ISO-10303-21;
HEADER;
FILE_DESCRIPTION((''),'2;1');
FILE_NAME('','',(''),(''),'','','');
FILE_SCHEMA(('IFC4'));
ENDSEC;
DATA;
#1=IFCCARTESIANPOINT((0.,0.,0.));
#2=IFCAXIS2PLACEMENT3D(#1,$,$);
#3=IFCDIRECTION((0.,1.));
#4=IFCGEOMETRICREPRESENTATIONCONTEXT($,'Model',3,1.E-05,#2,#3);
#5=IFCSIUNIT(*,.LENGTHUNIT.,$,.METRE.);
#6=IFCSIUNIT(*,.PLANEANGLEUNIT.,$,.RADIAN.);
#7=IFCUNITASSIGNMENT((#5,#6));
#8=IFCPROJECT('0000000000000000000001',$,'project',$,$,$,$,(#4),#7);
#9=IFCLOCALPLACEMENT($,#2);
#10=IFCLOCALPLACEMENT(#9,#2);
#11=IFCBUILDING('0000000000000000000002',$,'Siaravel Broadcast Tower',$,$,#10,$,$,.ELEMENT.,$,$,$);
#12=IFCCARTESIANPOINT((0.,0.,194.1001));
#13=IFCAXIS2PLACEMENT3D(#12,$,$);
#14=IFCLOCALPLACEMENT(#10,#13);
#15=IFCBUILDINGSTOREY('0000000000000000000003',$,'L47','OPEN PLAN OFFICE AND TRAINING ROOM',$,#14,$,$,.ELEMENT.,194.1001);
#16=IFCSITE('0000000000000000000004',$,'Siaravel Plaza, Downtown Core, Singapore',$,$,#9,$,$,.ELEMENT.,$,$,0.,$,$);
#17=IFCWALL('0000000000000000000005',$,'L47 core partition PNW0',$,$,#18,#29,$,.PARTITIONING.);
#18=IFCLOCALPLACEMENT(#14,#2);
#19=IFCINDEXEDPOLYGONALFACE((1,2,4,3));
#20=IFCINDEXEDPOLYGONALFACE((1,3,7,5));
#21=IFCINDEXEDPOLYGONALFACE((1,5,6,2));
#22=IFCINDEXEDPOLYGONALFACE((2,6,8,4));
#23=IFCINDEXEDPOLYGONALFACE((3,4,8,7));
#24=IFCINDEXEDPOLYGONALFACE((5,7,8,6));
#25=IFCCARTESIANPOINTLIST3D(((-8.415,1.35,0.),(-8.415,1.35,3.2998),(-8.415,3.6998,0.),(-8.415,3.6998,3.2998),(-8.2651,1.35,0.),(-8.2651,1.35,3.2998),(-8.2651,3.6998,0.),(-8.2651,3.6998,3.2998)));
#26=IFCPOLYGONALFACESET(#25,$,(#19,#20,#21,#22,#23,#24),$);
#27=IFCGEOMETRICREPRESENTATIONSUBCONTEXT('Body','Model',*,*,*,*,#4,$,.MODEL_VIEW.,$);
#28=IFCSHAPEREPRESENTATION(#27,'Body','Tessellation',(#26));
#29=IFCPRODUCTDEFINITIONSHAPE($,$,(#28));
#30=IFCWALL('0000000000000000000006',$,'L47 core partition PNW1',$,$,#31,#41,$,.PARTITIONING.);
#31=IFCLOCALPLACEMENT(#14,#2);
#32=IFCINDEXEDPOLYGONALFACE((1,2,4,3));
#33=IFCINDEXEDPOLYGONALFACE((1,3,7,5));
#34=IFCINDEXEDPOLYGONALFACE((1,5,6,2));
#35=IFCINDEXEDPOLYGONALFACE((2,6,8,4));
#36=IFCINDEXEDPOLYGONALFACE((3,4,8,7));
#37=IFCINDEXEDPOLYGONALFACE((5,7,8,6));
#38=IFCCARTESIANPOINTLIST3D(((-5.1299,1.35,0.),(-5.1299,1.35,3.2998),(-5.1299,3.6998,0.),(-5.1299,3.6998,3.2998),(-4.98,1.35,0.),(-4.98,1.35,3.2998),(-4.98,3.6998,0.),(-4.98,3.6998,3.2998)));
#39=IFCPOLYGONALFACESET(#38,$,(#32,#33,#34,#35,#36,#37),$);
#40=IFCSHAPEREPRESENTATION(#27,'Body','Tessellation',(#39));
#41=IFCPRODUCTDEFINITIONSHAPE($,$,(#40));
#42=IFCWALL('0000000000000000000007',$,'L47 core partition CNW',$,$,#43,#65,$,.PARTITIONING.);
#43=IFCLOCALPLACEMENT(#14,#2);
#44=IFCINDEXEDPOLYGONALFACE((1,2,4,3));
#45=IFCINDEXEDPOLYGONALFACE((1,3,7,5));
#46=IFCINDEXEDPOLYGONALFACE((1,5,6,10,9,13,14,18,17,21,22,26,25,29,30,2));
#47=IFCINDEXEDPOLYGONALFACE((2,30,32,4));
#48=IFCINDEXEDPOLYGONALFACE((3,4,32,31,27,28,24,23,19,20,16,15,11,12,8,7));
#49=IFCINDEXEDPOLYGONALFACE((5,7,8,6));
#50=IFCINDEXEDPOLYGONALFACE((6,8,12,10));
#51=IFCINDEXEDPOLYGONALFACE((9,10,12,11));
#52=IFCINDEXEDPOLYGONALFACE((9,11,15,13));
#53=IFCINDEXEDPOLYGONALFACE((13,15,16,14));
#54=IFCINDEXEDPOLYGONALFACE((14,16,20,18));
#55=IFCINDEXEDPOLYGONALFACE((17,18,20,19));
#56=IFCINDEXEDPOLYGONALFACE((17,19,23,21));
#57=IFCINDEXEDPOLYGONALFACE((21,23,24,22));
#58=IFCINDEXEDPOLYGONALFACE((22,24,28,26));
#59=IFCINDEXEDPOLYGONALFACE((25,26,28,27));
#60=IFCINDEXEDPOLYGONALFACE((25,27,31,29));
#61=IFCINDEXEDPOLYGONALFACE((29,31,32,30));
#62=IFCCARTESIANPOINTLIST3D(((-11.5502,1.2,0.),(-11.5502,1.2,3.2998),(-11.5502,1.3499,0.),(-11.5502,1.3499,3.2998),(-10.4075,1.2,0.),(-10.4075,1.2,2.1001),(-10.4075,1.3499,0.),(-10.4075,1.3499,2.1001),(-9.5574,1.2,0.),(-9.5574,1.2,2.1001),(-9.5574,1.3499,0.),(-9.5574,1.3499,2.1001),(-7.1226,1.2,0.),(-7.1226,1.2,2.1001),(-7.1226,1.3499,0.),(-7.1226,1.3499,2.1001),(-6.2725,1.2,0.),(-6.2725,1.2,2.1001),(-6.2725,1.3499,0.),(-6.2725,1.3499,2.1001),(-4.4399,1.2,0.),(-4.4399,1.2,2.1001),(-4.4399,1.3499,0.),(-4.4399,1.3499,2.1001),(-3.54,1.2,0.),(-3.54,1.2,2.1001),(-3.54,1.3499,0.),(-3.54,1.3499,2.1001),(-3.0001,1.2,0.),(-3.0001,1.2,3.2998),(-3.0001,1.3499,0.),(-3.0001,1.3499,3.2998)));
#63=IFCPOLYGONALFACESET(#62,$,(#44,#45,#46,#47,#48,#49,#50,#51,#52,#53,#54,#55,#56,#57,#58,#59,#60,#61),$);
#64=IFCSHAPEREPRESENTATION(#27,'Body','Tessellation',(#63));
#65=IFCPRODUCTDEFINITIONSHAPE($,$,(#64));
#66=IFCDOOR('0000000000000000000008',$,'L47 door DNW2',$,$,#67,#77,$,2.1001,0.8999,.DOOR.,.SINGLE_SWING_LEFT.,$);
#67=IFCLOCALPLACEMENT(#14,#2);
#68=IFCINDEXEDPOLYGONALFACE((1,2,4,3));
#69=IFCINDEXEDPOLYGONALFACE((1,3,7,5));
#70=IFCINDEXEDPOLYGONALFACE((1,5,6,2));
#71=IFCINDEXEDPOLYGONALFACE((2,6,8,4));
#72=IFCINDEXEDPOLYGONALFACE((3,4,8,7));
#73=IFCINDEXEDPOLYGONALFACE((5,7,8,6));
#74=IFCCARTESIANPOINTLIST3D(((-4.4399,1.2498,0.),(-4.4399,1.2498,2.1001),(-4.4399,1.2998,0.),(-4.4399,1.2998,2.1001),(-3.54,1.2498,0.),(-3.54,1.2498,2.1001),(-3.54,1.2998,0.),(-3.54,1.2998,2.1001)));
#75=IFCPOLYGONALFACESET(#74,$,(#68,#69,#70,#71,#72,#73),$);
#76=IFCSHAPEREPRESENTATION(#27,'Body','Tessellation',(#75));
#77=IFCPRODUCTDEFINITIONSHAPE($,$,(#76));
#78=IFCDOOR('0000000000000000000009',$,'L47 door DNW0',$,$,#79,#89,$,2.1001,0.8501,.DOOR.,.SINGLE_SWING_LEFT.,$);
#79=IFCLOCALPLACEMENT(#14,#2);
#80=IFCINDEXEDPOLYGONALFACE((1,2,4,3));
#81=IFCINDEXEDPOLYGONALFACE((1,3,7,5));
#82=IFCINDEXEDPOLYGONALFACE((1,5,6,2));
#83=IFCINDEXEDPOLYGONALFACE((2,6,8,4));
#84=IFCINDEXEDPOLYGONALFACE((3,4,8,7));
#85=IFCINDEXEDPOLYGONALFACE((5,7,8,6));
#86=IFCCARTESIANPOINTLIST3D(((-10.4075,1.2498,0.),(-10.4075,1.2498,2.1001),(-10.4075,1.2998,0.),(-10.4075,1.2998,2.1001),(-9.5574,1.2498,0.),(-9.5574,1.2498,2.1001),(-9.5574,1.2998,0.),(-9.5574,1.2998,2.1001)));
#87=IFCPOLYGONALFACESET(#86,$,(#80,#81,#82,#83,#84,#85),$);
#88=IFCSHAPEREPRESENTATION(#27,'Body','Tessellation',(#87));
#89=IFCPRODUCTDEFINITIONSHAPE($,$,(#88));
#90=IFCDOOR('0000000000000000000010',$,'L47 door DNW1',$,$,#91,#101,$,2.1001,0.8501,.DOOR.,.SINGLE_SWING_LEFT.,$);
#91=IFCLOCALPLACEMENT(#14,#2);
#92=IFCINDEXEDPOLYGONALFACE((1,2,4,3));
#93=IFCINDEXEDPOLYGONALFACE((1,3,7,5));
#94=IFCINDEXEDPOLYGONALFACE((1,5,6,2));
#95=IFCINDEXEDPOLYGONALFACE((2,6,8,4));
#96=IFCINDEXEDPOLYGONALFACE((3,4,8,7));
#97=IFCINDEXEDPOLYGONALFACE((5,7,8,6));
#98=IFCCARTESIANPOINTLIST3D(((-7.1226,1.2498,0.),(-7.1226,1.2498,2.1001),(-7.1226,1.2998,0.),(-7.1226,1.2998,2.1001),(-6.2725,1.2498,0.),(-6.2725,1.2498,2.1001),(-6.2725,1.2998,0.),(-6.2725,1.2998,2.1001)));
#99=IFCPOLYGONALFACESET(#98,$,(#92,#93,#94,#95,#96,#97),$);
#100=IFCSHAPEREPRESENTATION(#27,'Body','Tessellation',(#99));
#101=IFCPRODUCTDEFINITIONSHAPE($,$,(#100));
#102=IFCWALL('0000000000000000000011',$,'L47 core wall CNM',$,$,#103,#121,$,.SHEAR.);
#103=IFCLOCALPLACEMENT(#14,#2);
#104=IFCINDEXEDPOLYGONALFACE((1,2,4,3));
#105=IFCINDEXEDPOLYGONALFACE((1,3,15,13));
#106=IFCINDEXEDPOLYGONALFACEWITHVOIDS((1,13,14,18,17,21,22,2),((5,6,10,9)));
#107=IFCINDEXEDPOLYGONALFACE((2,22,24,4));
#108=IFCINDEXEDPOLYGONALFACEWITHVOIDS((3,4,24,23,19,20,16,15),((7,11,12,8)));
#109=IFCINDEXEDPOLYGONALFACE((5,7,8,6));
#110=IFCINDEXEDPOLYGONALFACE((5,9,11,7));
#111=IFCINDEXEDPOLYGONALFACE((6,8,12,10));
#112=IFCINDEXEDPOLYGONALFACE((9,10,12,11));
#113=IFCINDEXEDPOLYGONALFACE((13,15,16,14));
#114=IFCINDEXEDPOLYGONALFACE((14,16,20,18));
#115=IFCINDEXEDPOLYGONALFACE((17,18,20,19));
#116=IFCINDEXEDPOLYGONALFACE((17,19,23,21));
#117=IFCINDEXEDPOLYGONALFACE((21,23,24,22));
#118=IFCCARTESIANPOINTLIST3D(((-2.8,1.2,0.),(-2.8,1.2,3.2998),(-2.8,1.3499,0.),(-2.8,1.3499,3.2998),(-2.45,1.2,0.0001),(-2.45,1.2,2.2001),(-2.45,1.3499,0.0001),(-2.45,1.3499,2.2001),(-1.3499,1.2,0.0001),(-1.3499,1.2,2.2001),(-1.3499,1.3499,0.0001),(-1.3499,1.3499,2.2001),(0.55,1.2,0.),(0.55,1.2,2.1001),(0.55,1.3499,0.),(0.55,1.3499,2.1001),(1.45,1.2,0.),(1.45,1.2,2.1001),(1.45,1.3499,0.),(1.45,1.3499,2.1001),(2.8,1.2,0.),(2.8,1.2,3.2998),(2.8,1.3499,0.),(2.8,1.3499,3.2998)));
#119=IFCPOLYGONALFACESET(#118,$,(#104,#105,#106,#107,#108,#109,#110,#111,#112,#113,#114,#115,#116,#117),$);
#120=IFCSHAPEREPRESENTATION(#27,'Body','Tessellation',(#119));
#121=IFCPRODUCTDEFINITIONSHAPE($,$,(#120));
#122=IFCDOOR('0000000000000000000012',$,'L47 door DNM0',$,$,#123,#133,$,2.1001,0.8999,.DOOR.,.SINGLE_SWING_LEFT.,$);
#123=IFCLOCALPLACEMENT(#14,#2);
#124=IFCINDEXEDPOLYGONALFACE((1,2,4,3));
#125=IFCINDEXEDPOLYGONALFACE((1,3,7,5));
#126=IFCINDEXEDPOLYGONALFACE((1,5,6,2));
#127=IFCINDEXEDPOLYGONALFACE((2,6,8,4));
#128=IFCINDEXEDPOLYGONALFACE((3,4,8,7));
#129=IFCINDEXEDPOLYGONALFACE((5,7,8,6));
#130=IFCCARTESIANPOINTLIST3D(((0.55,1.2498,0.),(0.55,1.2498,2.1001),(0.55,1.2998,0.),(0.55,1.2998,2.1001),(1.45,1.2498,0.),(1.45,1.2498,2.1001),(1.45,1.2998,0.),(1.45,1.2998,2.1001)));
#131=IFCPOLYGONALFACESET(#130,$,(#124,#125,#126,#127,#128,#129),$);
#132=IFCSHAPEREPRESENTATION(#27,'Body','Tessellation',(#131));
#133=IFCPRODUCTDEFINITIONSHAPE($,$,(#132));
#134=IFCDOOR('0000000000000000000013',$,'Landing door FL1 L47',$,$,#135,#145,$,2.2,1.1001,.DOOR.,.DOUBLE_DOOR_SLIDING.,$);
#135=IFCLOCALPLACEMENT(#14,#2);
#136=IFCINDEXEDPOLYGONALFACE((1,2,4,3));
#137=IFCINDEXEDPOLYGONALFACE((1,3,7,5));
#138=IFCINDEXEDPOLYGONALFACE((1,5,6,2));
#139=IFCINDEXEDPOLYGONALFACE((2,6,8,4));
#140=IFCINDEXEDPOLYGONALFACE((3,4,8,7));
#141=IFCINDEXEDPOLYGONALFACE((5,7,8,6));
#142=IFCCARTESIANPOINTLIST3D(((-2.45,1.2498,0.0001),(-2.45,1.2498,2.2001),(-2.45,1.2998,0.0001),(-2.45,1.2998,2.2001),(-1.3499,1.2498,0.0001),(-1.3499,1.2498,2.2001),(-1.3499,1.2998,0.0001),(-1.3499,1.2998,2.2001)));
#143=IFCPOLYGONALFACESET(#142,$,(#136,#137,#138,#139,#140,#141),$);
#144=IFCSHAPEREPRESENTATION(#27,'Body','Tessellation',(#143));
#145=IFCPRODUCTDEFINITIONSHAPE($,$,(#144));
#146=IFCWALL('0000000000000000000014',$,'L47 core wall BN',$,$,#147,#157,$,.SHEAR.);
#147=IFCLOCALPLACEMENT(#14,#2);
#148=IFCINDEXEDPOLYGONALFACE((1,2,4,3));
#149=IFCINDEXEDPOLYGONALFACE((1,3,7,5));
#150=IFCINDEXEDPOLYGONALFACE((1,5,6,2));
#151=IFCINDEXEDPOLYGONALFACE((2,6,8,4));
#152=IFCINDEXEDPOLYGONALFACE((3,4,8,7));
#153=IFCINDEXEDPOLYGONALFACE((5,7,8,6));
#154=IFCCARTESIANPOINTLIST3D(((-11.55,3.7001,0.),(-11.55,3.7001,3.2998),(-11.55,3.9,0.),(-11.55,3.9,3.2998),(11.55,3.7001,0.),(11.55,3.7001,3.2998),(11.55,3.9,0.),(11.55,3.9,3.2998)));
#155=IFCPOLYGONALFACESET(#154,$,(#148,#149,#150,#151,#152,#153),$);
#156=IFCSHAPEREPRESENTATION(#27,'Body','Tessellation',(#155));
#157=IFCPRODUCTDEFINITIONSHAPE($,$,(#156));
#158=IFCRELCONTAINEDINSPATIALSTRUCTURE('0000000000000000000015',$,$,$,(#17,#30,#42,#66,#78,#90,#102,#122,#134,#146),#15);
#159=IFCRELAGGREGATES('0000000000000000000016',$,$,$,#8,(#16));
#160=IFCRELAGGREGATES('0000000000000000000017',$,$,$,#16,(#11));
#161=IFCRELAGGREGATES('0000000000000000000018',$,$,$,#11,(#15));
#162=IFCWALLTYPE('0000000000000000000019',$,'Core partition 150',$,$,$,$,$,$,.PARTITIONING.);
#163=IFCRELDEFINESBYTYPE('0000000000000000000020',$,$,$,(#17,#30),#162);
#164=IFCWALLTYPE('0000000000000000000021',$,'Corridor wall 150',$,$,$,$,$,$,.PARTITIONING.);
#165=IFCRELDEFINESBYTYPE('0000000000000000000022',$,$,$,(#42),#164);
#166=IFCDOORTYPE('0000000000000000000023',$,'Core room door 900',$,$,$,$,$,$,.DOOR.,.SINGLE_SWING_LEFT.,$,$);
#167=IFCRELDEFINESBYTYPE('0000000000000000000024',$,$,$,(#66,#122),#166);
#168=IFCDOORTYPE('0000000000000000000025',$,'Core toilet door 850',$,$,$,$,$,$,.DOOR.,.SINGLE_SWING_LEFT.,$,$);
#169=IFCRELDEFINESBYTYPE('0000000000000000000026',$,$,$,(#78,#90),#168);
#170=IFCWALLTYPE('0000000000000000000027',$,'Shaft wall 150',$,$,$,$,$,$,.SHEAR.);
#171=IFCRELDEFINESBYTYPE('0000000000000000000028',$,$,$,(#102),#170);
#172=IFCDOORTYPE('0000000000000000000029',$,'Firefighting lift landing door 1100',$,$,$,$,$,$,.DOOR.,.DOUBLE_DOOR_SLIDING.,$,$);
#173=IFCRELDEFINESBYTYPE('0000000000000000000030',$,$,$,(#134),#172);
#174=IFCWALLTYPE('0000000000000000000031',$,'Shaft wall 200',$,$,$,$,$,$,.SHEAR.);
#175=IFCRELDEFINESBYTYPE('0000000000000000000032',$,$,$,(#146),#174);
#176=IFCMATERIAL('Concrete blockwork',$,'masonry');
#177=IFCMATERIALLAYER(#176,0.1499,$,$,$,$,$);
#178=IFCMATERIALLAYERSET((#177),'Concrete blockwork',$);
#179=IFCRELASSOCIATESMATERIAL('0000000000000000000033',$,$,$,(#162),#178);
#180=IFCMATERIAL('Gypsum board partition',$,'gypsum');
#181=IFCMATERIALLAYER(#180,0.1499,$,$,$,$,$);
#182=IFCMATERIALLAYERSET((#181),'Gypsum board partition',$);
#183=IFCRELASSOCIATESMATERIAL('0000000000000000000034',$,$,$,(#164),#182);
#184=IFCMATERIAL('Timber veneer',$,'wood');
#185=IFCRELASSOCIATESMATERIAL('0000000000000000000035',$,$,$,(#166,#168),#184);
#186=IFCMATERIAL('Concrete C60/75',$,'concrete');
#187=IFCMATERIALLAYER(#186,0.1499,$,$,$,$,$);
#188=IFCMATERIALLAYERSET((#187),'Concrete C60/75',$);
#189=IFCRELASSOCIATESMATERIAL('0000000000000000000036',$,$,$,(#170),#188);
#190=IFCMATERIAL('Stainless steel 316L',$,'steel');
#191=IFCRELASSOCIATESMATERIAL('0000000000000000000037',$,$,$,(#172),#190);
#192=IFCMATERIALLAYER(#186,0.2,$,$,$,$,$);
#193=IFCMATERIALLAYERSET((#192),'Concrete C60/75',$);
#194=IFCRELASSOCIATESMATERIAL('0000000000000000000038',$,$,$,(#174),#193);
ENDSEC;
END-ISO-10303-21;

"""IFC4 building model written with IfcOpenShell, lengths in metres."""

from ifc_helpers import new_model, si_unit, direction, frame, frame_2d, origin, place, context, subcontext, project, spatial, rectangle, extrude, material, layer, layer_set, type_object, element, fill, save


model = new_model("IFC4")

# Units and contexts
model_context = context("Model", 3, precision=1e-05, world=origin(), true_north=direction((0.0, 1.0)))
body_context = subcontext(model_context, "Body", "Model", "MODEL_VIEW")
ifc_project = project(units=[si_unit("LENGTHUNIT", "METRE"), si_unit("PLANEANGLEUNIT", "RADIAN")], contexts=[model_context])

# Site, building, storey
site_placement = place(None, origin())
site = spatial("IfcSite", under=ifc_project, at=site_placement, Name="Siaravel Plaza, Downtown Core, Singapore", CompositionType="ELEMENT", RefElevation=0.0)
building_placement = place(site_placement, origin())
building = spatial("IfcBuilding", under=site, at=building_placement, Name="Siaravel Broadcast Tower", CompositionType="ELEMENT")
storey_placement = place(building_placement, frame((0.0, 0.0, 194.1001)))
storey = spatial("IfcBuildingStorey", under=building, at=storey_placement, Name="L47", Description="OPEN PLAN OFFICE AND TRAINING ROOM", CompositionType="ELEMENT", Elevation=194.1001)

# Walls
ifc_material_1 = material(Name="Concrete blockwork", Category="masonry")
ifc_layer_1 = layer(ifc_material_1, 0.1499)
ifc_layer_set_1 = layer_set([ifc_layer_1], Name="Concrete blockwork")
wall_type_1 = type_object("IfcWallType", Name="Core partition 150", PredefinedType="PARTITIONING", material=ifc_layer_set_1)
for number, where, z_axis, x_axis, name in (
    (1, (-8.3401, 1.3501, 0.0), (0.0, 0.0, 1.0), (0.0, 1.0, 0.0), "L47 core partition PNW0"),
    (2, (-5.0549, 1.3501, 0.0), (0.0, 0.0, 1.0), (0.0, 1.0, 0.0), "L47 core partition PNW1"),
):
    element("IfcWall", number, at=place(storey_placement, frame(where, z_axis=z_axis, x_axis=x_axis)), inside=storey, type_object=wall_type_1, Name=name, PredefinedType="PARTITIONING", context=body_context, shape_type="SweptSolid", body=[
        extrude(rectangle(XDim=2.3499, YDim=0.1499, at=frame_2d((1.1748, 0.0))), origin(), (0.0, 0.0, 1.0), 3.2998),
    ])

# Walls, openings, doors
ifc_material_2 = material(Name="Gypsum board partition", Category="gypsum")
ifc_layer_2 = layer(ifc_material_2, 0.1499)
ifc_layer_set_2 = layer_set([ifc_layer_2], Name="Gypsum board partition")
wall_type_2 = type_object("IfcWallType", Name="Corridor wall 150", PredefinedType="PARTITIONING", material=ifc_layer_set_2)
wall_1_placement = place(storey_placement, frame((-11.55, 1.2749, 0.0), z_axis=(0.0, 0.0, 1.0), x_axis=(1.0, 0.0, 0.0)))
wall_1 = element("IfcWall", 3, at=wall_1_placement, inside=storey, type_object=wall_type_2, Name="L47 core partition CNW", PredefinedType="PARTITIONING", context=body_context, shape_type="SweptSolid", body=[
    extrude(rectangle(XDim=8.55, YDim=0.1499, at=frame_2d((4.2749, 0.0))), origin(), (0.0, 0.0, 1.0), 3.2998),
])
opening_1_placement = place(wall_1_placement, frame((1.1426, 0.0, 0.0)))
opening_1 = element("IfcOpeningElement", 4, at=opening_1_placement, cuts=wall_1, PredefinedType="OPENING", context=body_context, shape_type="SweptSolid", body=[
    extrude(rectangle(XDim=0.8501, YDim=2.1001, at=frame_2d((0.425, 1.05))), frame((0.0, 0.085, 0.0), z_axis=(0.0, -1.0, 0.0), x_axis=(1.0, 0.0, 0.0)), (0.0, 0.0, 1.0), 0.1699),
])
opening_2_placement = place(wall_1_placement, frame((4.4275, 0.0, 0.0)))
opening_2 = element("IfcOpeningElement", 5, at=opening_2_placement, cuts=wall_1, PredefinedType="OPENING", context=body_context, shape_type="SweptSolid", body=[
    extrude(rectangle(XDim=0.8501, YDim=2.1001, at=frame_2d((0.425, 1.05))), frame((0.0, 0.085, 0.0), z_axis=(0.0, -1.0, 0.0), x_axis=(1.0, 0.0, 0.0)), (0.0, 0.0, 1.0), 0.1699),
])
opening_3_placement = place(wall_1_placement, frame((7.1101, 0.0, 0.0)))
opening_3 = element("IfcOpeningElement", 6, at=opening_3_placement, cuts=wall_1, PredefinedType="OPENING", context=body_context, shape_type="SweptSolid", body=[
    extrude(rectangle(XDim=0.8999, YDim=2.1001, at=frame_2d((0.45, 1.05))), frame((0.0, 0.085, 0.0), z_axis=(0.0, -1.0, 0.0), x_axis=(1.0, 0.0, 0.0)), (0.0, 0.0, 1.0), 0.1699),
])
ifc_material_3 = material(Name="Timber veneer", Category="wood")
door_type_1 = type_object("IfcDoorType", Name="Core room door 900", OperationType="SINGLE_SWING_LEFT", PredefinedType="DOOR", material=ifc_material_3)
door_1_placement = place(opening_3_placement, origin())
door_1 = element("IfcDoor", 7, at=door_1_placement, inside=storey, type_object=door_type_1, Name="L47 door DNW2", OperationType="SINGLE_SWING_LEFT", OverallHeight=2.1001, OverallWidth=0.8999, PredefinedType="DOOR", context=body_context, shape_type="SweptSolid", body=[
    extrude(rectangle(XDim=0.8999, YDim=2.1001, at=frame_2d((0.45, 1.05))), frame((0.0, 0.0249, 0.0), z_axis=(0.0, -1.0, 0.0), x_axis=(1.0, 0.0, 0.0)), (0.0, 0.0, 1.0), 0.05),
])
fill(opening_3, door_1)
door_type_2 = type_object("IfcDoorType", Name="Core toilet door 850", OperationType="SINGLE_SWING_LEFT", PredefinedType="DOOR", material=ifc_material_3)
door_2_placement = place(opening_1_placement, origin())
door_2 = element("IfcDoor", 8, at=door_2_placement, inside=storey, type_object=door_type_2, Name="L47 door DNW0", OperationType="SINGLE_SWING_LEFT", OverallHeight=2.1001, OverallWidth=0.8501, PredefinedType="DOOR", context=body_context, shape_type="SweptSolid", body=[
    extrude(rectangle(XDim=0.8501, YDim=2.1001, at=frame_2d((0.425, 1.05))), frame((0.0, 0.0249, 0.0), z_axis=(0.0, -1.0, 0.0), x_axis=(1.0, 0.0, 0.0)), (0.0, 0.0, 1.0), 0.05),
])
fill(opening_1, door_2)
door_3_placement = place(opening_2_placement, origin())
door_3 = element("IfcDoor", 9, at=door_3_placement, inside=storey, type_object=door_type_2, Name="L47 door DNW1", OperationType="SINGLE_SWING_LEFT", OverallHeight=2.1001, OverallWidth=0.8501, PredefinedType="DOOR", context=body_context, shape_type="SweptSolid", body=[
    extrude(rectangle(XDim=0.8501, YDim=2.1001, at=frame_2d((0.425, 1.05))), frame((0.0, 0.0249, 0.0), z_axis=(0.0, -1.0, 0.0), x_axis=(1.0, 0.0, 0.0)), (0.0, 0.0, 1.0), 0.05),
])
fill(opening_2, door_3)
ifc_material_4 = material(Name="Concrete C60/75", Category="concrete")
ifc_layer_3 = layer(ifc_material_4, 0.1499)
ifc_layer_set_3 = layer_set([ifc_layer_3], Name="Concrete C60/75")
wall_type_3 = type_object("IfcWallType", Name="Shaft wall 150", PredefinedType="SHEAR", material=ifc_layer_set_3)
wall_2_placement = place(storey_placement, frame((-2.8, 1.2749, 0.0), z_axis=(0.0, 0.0, 1.0), x_axis=(1.0, 0.0, 0.0)))
wall_2 = element("IfcWall", 10, at=wall_2_placement, inside=storey, type_object=wall_type_3, Name="L47 core wall CNM", PredefinedType="SHEAR", context=body_context, shape_type="SweptSolid", body=[
    extrude(rectangle(XDim=5.6001, YDim=0.1499, at=frame_2d((2.8, 0.0))), origin(), (0.0, 0.0, 1.0), 3.2998),
])
opening_4_placement = place(wall_2_placement, frame((0.3501, 0.0, 0.0)))
opening_4 = element("IfcOpeningElement", 11, at=opening_4_placement, cuts=wall_2, PredefinedType="OPENING", context=body_context, shape_type="SweptSolid", body=[
    extrude(rectangle(XDim=1.1001, YDim=2.2, at=frame_2d((0.55, 1.1001))), frame((0.0, 0.085, 0.0), z_axis=(0.0, -1.0, 0.0), x_axis=(1.0, 0.0, 0.0)), (0.0, 0.0, 1.0), 0.1699),
])
opening_5_placement = place(wall_2_placement, frame((3.3501, 0.0, 0.0)))
opening_5 = element("IfcOpeningElement", 12, at=opening_5_placement, cuts=wall_2, PredefinedType="OPENING", context=body_context, shape_type="SweptSolid", body=[
    extrude(rectangle(XDim=0.8999, YDim=2.1001, at=frame_2d((0.45, 1.05))), frame((0.0, 0.085, 0.0), z_axis=(0.0, -1.0, 0.0), x_axis=(1.0, 0.0, 0.0)), (0.0, 0.0, 1.0), 0.1699),
])
door_4_placement = place(opening_5_placement, origin())
door_4 = element("IfcDoor", 13, at=door_4_placement, inside=storey, type_object=door_type_1, Name="L47 door DNM0", OperationType="SINGLE_SWING_LEFT", OverallHeight=2.1001, OverallWidth=0.8999, PredefinedType="DOOR", context=body_context, shape_type="SweptSolid", body=[
    extrude(rectangle(XDim=0.8999, YDim=2.1001, at=frame_2d((0.45, 1.05))), frame((0.0, 0.0249, 0.0), z_axis=(0.0, -1.0, 0.0), x_axis=(1.0, 0.0, 0.0)), (0.0, 0.0, 1.0), 0.05),
])
fill(opening_5, door_4)
ifc_material_5 = material(Name="Stainless steel 316L", Category="steel")
door_type_3 = type_object("IfcDoorType", Name="Firefighting lift landing door 1100", OperationType="DOUBLE_DOOR_SLIDING", PredefinedType="DOOR", material=ifc_material_5)
door_5_placement = place(opening_4_placement, origin())
door_5 = element("IfcDoor", 14, at=door_5_placement, inside=storey, type_object=door_type_3, Name="Landing door FL1 L47", OperationType="DOUBLE_DOOR_SLIDING", OverallHeight=2.2, OverallWidth=1.1001, PredefinedType="DOOR", context=body_context, shape_type="SweptSolid", body=[
    extrude(rectangle(XDim=1.1001, YDim=2.2, at=frame_2d((0.55, 1.1001))), frame((0.0, 0.0249, 0.0), z_axis=(0.0, -1.0, 0.0), x_axis=(1.0, 0.0, 0.0)), (0.0, 0.0, 1.0), 0.05),
])
fill(opening_4, door_5)

# Wall
ifc_layer_4 = layer(ifc_material_4, 0.2)
ifc_layer_set_4 = layer_set([ifc_layer_4], Name="Concrete C60/75")
wall_type_4 = type_object("IfcWallType", Name="Shaft wall 200", PredefinedType="SHEAR", material=ifc_layer_set_4)
wall_3_placement = place(storey_placement, frame((-11.55, 3.8, 0.0), z_axis=(0.0, 0.0, 1.0), x_axis=(1.0, 0.0, 0.0)))
element("IfcWall", 15, at=wall_3_placement, inside=storey, type_object=wall_type_4, Name="L47 core wall BN", PredefinedType="SHEAR", context=body_context, shape_type="SweptSolid", body=[
    extrude(rectangle(XDim=23.1001, YDim=0.2, at=frame_2d((11.55, 0.0))), origin(), (0.0, 0.0, 1.0), 3.2998),
])

save(model, "model.ifc")
